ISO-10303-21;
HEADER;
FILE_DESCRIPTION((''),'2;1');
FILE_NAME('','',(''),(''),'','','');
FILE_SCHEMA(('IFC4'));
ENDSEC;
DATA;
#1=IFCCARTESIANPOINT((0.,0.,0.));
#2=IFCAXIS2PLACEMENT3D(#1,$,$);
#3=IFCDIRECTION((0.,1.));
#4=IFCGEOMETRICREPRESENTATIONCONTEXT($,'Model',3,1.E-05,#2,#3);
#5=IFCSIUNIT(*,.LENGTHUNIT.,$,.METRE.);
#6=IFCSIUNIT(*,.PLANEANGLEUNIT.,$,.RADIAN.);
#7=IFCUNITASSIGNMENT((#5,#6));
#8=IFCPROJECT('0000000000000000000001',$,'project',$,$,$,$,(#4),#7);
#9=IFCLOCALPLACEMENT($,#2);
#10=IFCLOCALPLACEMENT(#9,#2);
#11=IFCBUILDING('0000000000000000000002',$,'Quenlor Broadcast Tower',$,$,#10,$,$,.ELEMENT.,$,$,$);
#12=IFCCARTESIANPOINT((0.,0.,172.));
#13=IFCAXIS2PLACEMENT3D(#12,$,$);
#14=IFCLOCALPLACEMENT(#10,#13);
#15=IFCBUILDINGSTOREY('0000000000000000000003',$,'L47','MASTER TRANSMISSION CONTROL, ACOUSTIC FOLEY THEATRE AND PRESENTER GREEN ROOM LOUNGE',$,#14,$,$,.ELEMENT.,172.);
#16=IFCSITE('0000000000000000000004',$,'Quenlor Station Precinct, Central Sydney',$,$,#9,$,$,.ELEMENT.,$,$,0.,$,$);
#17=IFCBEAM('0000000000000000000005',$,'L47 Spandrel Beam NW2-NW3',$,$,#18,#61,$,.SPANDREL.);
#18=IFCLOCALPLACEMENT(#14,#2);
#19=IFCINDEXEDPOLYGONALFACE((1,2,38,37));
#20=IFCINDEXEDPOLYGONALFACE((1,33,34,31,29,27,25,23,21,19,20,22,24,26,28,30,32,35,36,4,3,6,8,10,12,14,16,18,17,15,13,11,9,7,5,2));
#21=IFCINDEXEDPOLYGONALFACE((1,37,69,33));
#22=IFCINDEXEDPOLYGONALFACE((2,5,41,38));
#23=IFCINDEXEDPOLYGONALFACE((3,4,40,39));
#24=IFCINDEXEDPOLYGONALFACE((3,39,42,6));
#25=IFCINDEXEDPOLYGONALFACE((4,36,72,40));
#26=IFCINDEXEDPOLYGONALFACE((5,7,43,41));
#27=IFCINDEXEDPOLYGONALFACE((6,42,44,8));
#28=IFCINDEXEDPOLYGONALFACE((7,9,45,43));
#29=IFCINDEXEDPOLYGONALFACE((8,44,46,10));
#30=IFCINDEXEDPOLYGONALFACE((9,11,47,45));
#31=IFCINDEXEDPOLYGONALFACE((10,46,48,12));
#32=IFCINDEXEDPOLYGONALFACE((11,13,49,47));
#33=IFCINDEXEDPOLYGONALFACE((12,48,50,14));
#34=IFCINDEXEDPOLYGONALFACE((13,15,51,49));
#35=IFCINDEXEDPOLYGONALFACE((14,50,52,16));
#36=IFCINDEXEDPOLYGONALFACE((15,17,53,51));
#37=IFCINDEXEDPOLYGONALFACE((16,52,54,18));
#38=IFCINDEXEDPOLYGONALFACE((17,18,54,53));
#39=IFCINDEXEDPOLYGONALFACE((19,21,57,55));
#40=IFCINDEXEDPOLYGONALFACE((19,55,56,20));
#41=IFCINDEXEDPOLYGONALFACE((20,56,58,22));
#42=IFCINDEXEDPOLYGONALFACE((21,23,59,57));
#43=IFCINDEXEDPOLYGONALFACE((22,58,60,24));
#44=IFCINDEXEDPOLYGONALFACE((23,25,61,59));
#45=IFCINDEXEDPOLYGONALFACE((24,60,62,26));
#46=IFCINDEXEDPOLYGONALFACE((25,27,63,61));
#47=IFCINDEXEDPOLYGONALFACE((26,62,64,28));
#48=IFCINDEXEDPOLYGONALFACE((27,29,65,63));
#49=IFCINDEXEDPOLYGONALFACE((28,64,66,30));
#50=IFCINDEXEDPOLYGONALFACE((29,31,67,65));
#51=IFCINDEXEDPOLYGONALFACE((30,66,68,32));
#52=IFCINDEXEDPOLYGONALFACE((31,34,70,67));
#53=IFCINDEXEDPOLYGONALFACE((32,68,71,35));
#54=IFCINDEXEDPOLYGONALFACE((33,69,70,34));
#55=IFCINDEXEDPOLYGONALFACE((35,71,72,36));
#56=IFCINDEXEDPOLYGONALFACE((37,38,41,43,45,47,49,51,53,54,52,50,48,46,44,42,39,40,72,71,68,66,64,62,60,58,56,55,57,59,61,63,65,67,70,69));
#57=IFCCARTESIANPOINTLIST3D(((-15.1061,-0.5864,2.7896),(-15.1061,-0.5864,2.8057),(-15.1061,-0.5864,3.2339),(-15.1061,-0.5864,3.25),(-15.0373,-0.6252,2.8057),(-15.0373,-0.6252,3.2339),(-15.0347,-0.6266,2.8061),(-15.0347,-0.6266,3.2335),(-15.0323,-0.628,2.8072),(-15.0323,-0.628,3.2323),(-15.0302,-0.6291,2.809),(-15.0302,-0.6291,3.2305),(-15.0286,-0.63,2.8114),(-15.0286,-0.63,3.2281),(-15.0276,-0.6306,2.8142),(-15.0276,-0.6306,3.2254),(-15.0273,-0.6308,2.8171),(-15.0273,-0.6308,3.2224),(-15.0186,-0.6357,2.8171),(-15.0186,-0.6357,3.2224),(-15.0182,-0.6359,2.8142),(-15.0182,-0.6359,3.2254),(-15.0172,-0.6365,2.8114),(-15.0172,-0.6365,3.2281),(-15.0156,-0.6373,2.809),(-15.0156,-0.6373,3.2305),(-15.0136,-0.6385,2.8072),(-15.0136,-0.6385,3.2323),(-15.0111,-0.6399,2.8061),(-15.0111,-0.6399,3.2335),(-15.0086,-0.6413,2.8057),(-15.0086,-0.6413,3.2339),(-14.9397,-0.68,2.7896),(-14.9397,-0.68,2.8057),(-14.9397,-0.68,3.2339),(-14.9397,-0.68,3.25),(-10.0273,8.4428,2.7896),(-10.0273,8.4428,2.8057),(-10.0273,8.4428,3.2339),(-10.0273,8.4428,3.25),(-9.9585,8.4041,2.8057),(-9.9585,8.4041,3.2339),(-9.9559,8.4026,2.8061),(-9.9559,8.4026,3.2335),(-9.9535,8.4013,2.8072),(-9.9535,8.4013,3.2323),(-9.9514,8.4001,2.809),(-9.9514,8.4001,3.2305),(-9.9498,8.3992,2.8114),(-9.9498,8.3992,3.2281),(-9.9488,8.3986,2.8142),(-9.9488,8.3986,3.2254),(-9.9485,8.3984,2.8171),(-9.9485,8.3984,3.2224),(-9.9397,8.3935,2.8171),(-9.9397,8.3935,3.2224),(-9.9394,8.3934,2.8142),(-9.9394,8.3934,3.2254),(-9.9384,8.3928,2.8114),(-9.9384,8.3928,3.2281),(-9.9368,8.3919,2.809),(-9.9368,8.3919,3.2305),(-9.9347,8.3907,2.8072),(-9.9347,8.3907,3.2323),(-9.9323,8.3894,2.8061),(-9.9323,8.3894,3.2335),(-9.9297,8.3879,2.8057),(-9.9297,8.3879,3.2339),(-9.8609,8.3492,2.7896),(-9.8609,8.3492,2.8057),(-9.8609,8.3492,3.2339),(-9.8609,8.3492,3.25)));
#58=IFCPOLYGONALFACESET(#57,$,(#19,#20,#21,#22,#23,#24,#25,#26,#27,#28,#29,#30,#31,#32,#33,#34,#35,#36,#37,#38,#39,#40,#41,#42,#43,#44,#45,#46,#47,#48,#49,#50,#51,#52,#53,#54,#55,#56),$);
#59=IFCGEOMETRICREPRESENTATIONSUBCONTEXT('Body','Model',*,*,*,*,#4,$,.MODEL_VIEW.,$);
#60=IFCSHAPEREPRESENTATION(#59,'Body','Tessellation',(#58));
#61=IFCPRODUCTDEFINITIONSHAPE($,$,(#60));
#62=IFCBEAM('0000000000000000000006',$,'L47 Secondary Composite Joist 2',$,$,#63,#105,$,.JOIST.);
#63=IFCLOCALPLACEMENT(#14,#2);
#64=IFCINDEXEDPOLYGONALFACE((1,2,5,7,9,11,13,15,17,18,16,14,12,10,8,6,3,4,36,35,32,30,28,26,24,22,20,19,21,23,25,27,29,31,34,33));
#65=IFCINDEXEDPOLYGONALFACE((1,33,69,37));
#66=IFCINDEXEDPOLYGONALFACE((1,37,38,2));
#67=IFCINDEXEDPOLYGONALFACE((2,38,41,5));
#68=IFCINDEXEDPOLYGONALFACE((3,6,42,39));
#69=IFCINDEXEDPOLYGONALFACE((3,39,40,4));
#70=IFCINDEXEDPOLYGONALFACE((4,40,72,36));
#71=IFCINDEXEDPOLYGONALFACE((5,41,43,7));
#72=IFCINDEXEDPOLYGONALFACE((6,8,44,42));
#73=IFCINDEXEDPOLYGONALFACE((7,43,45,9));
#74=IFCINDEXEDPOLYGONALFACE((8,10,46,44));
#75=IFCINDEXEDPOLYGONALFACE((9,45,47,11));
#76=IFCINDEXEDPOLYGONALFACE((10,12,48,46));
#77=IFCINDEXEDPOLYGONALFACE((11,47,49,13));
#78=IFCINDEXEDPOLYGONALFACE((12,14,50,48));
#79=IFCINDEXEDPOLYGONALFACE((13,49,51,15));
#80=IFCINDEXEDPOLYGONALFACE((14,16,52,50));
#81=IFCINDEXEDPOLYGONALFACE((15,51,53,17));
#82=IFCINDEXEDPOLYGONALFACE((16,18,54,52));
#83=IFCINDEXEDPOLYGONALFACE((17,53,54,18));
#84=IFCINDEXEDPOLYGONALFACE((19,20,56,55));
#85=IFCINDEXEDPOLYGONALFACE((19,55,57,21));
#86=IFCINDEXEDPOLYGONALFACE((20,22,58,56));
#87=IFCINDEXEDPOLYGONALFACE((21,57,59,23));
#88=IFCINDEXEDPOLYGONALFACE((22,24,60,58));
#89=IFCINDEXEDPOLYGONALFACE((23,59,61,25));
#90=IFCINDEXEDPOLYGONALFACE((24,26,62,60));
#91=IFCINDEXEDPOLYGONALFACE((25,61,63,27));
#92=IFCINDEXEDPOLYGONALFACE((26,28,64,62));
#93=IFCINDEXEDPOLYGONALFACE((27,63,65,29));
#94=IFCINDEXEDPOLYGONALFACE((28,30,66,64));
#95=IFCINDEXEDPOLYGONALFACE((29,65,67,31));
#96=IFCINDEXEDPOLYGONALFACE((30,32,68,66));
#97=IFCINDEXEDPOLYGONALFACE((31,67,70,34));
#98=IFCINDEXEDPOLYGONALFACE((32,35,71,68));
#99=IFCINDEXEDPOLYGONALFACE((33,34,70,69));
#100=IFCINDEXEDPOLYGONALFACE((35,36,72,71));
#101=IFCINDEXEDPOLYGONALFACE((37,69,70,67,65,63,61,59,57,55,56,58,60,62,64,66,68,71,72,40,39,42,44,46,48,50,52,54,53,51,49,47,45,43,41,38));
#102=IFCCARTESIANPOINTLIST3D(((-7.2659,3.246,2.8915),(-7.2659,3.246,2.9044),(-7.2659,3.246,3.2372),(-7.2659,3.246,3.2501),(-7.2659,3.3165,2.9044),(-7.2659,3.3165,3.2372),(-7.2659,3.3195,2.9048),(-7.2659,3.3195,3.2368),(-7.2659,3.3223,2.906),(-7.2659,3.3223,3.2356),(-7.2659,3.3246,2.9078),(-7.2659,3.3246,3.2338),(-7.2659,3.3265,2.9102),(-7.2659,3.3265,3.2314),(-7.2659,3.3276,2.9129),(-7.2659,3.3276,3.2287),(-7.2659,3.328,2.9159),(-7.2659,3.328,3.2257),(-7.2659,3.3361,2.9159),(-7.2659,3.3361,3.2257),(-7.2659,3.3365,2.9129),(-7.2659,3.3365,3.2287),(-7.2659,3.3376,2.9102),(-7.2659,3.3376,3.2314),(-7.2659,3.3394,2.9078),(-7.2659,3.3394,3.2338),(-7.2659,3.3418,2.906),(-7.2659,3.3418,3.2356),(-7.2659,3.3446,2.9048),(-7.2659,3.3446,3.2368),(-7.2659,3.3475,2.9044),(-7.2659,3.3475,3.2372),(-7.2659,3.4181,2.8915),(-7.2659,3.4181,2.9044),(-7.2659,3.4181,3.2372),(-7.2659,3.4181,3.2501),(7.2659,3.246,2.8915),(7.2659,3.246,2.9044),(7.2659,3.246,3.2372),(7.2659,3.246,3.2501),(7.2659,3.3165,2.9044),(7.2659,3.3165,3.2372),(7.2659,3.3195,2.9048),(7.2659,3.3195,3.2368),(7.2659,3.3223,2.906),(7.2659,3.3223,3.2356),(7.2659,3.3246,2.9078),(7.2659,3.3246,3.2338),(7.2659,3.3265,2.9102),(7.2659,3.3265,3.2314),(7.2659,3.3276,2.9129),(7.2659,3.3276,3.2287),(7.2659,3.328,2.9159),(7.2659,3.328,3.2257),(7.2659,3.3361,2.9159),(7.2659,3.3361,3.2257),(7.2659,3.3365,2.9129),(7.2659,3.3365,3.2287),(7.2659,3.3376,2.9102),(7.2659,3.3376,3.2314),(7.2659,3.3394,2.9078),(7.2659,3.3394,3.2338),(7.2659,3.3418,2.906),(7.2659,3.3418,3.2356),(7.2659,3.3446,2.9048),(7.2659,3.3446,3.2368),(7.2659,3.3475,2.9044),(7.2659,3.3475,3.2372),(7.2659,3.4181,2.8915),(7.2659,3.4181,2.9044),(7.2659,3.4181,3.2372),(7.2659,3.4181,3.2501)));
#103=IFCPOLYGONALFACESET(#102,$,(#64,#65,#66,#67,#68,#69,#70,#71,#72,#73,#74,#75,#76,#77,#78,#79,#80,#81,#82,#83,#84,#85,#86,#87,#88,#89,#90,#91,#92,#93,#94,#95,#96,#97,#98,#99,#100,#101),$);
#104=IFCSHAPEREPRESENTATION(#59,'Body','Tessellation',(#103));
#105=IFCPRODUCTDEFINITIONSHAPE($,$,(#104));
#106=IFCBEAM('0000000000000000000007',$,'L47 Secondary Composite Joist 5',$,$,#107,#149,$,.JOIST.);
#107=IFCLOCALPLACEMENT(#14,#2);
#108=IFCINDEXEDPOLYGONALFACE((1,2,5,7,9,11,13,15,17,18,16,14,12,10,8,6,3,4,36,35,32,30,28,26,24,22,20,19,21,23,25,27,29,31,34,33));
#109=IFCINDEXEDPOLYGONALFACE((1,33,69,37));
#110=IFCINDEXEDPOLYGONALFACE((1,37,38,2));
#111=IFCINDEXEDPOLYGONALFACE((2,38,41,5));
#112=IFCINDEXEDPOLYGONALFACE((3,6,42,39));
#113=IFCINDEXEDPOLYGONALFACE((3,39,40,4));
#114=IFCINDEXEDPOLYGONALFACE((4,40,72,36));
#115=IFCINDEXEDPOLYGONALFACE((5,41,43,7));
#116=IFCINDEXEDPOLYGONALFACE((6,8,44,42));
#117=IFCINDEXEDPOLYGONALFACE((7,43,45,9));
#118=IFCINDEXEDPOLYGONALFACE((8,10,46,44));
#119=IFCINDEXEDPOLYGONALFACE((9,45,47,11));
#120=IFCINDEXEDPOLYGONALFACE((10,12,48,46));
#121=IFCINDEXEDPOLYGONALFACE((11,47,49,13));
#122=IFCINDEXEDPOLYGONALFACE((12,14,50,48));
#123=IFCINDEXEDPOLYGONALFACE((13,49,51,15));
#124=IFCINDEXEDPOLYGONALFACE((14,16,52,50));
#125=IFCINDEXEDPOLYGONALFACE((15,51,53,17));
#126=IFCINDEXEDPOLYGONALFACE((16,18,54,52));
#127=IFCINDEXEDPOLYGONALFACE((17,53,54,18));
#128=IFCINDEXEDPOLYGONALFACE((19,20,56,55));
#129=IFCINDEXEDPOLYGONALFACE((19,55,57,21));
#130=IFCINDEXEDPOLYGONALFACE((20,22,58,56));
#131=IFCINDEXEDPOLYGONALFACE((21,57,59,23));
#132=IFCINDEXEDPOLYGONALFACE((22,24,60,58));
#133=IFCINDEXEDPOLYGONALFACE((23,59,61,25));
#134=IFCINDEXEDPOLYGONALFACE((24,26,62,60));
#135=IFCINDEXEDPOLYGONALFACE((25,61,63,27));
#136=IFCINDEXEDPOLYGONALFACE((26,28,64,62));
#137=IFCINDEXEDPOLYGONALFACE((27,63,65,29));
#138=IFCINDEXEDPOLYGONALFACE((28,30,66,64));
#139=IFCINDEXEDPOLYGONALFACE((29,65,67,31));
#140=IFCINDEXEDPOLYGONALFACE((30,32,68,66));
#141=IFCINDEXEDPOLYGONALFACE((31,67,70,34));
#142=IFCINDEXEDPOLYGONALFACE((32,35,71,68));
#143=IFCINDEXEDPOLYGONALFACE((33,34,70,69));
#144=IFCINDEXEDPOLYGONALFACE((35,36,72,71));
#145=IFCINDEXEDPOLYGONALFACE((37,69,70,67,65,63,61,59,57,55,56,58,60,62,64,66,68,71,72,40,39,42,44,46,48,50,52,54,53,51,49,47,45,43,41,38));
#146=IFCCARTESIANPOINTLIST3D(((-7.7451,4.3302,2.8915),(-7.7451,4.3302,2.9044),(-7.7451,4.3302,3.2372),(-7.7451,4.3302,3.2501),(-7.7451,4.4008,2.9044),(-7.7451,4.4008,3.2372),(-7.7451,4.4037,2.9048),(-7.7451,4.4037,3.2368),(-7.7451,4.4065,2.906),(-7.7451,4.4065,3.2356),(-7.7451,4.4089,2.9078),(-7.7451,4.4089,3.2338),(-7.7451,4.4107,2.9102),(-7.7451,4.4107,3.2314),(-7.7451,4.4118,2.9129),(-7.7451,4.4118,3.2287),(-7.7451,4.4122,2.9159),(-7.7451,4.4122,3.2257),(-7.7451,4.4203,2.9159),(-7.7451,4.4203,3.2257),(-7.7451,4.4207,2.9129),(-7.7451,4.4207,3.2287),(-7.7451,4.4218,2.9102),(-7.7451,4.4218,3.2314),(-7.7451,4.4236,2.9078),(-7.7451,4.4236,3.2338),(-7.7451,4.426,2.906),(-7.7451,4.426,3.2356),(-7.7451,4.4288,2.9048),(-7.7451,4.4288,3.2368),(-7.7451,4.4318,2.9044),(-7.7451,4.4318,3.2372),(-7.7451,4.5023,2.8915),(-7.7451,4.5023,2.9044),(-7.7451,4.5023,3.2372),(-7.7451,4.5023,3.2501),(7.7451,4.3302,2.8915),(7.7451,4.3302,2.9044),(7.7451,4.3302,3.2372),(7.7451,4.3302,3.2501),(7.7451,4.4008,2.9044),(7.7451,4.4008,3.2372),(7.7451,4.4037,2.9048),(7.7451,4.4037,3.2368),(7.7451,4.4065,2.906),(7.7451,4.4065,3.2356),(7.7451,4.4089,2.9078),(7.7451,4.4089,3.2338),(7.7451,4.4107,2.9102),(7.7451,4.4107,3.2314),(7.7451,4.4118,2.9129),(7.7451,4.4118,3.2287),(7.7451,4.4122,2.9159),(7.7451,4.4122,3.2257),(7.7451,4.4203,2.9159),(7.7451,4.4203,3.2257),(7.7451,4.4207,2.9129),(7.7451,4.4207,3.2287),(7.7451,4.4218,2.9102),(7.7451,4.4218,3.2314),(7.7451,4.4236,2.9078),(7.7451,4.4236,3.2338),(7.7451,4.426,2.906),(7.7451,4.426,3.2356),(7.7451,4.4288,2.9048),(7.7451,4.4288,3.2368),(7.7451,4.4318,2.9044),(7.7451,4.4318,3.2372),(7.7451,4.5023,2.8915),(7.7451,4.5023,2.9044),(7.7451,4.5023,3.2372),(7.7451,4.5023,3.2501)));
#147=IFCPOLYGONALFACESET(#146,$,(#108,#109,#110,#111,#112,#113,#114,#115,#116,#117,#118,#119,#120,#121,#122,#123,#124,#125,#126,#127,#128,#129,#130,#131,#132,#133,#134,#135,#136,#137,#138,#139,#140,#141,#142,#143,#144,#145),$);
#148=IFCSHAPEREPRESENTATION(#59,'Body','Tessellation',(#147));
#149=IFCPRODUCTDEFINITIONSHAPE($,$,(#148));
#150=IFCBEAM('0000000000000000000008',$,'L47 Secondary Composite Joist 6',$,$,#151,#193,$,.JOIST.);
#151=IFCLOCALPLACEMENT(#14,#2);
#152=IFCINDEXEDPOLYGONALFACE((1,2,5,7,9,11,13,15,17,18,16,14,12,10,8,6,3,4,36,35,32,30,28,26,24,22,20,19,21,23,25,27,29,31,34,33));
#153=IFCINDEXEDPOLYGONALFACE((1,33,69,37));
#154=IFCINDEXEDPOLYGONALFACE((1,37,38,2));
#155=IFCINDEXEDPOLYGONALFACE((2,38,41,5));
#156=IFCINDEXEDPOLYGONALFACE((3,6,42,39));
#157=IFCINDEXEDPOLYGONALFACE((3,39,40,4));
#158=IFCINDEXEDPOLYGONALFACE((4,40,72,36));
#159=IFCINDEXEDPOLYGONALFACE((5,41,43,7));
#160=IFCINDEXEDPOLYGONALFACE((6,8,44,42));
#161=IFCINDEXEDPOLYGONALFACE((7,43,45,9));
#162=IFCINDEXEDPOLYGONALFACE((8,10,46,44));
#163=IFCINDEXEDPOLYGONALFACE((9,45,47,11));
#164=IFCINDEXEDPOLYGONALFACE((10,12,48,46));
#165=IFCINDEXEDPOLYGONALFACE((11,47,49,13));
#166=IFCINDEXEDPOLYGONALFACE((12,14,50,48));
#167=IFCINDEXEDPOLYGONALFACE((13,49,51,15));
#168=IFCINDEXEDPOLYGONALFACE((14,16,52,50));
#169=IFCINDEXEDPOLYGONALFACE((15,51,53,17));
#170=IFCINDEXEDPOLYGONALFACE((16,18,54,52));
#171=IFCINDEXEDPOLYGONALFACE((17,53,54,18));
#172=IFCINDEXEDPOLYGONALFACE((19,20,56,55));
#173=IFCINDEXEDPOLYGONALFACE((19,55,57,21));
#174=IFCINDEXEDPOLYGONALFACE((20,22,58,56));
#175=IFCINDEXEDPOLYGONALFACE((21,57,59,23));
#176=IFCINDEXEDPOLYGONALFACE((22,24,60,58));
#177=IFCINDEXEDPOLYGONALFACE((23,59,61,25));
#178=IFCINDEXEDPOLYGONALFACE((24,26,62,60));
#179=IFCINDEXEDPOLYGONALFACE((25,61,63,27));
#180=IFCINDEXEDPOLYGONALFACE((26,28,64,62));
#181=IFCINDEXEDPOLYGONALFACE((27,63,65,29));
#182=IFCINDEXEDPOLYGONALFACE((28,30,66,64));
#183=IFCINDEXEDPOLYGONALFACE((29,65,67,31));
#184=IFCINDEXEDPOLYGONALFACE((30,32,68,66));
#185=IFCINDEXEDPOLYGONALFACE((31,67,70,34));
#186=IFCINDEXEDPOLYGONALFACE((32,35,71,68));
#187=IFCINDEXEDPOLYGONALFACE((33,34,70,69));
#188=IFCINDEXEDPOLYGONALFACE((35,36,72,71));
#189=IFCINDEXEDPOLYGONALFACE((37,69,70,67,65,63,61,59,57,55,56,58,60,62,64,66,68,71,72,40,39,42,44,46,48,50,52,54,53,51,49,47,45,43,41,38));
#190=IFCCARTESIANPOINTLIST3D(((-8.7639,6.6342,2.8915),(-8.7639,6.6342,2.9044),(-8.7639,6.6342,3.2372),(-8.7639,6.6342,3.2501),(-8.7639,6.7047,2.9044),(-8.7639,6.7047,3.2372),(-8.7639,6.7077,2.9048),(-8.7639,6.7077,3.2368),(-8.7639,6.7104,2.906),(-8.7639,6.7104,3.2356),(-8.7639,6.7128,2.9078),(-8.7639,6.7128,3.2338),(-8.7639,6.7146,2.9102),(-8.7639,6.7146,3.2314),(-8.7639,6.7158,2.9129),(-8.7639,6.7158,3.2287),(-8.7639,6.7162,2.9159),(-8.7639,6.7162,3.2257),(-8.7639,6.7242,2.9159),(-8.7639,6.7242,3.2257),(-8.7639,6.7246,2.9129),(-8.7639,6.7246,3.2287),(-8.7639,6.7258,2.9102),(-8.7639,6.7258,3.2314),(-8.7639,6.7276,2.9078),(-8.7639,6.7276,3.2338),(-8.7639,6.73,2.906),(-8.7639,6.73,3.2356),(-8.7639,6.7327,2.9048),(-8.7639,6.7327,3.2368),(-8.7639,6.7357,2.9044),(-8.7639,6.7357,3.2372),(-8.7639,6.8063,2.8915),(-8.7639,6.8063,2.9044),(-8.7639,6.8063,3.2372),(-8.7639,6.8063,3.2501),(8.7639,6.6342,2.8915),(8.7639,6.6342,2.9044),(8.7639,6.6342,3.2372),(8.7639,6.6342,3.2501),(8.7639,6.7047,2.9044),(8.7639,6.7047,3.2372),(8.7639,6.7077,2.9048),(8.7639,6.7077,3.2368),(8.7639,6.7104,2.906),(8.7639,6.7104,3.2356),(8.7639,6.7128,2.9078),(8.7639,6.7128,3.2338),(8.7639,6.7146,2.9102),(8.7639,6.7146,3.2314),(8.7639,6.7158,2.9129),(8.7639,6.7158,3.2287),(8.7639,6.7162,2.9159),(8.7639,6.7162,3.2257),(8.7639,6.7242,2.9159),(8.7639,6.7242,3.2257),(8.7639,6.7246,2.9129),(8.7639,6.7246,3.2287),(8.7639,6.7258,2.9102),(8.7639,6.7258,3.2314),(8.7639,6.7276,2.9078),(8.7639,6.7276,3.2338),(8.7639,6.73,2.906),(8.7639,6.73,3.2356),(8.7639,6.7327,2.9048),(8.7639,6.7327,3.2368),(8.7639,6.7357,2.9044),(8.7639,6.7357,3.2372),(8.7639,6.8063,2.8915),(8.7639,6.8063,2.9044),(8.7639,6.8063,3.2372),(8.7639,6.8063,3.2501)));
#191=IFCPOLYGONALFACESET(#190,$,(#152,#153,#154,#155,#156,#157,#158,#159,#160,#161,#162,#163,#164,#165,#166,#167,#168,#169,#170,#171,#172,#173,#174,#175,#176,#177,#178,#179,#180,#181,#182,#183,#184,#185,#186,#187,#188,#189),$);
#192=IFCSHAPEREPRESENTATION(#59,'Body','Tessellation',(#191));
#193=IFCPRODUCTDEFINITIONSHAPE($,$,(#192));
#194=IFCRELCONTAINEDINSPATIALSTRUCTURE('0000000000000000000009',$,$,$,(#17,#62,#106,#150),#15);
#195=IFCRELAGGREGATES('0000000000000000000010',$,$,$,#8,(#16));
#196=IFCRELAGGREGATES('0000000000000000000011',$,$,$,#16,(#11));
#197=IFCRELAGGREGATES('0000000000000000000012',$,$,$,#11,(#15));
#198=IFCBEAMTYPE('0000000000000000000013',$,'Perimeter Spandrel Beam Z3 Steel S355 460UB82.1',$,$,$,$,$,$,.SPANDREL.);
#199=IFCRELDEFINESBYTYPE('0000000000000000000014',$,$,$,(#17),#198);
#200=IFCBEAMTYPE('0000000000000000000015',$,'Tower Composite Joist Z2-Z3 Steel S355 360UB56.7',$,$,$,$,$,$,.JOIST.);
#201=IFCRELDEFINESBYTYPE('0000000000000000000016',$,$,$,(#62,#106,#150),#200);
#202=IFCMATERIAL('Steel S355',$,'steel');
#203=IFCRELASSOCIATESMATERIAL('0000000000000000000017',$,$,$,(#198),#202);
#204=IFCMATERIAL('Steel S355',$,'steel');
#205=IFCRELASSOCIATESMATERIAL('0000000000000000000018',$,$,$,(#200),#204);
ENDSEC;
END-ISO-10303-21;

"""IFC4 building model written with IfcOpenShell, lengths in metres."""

from ifc_helpers import new_model, si_unit, direction, frame, origin, origin_2d, place, context, subcontext, project, spatial, i_section, extrude, material, material_profile, profile_set, type_object, element, save


model = new_model("IFC4")

# Units and contexts
model_context = context("Model", 3, precision=1e-05, world=origin(), true_north=direction((0.0, 1.0)))
body_context = subcontext(model_context, "Body", "Model", "MODEL_VIEW")
ifc_project = project(units=[si_unit("LENGTHUNIT", "METRE"), si_unit("PLANEANGLEUNIT", "RADIAN")], contexts=[model_context])

# Site, building, storey
site_placement = place(None, origin())
site = spatial("IfcSite", under=ifc_project, at=site_placement, Name="Quenlor Station Precinct, Central Sydney", CompositionType="ELEMENT", RefElevation=0.0)
building_placement = place(site_placement, origin())
building = spatial("IfcBuilding", under=site, at=building_placement, Name="Quenlor Broadcast Tower", CompositionType="ELEMENT")
storey_placement = place(building_placement, frame((0.0, 0.0, 172.0)))
storey = spatial("IfcBuildingStorey", under=building, at=storey_placement, Name="L47", Description="MASTER TRANSMISSION CONTROL, ACOUSTIC FOLEY THEATRE AND PRESENTER GREEN ROOM LOUNGE", CompositionType="ELEMENT", Elevation=172.0)

# Beams
ifc_material_1 = material(Name="Steel S355", Category="steel")
ifc_material_profile_1 = material_profile(ifc_material_1, i_section(OverallWidth=0.1909, OverallDepth=0.4604, WebThickness=0.01, FlangeThickness=0.0161, FilletRadius=0.0115, at=origin_2d()))
ifc_profile_set_1 = profile_set([ifc_material_profile_1], Name="Steel S355 460UB82.1")
beam_type_1 = type_object("IfcBeamType", Name="Perimeter Spandrel Beam Z3 Steel S355 460UB82.1", PredefinedType="SPANDREL", material=ifc_profile_set_1)
beam_1_placement = place(storey_placement, frame((-9.9441, 8.396, 3.0198), z_axis=(-0.490252, -0.871581, 0.0), x_axis=(0.871581, -0.490252, 0.0)))
element("IfcBeam", 1, at=beam_1_placement, inside=storey, type_object=beam_type_1, Name="L47 Spandrel Beam NW2-NW3", PredefinedType="SPANDREL", context=body_context, shape_type="SweptSolid", body=[
    extrude(i_section(OverallWidth=0.1909, OverallDepth=0.4604, WebThickness=0.01, FlangeThickness=0.0161, FilletRadius=0.0115, at=origin_2d()), origin(), (0.0, 0.0, 1.0), 10.3596),
])
ifc_material_2 = material(Name="Steel S355", Category="steel")
ifc_material_profile_2 = material_profile(ifc_material_2, i_section(OverallWidth=0.1721, OverallDepth=0.3586, WebThickness=0.0081, FlangeThickness=0.0129, FilletRadius=0.0115, at=origin_2d()))
ifc_profile_set_2 = profile_set([ifc_material_profile_2], Name="Steel S355 360UB56.7")
beam_type_2 = type_object("IfcBeamType", Name="Tower Composite Joist Z2-Z3 Steel S355 360UB56.7", PredefinedType="JOIST", material=ifc_profile_set_2)
beam_2_placement = place(storey_placement, frame((-7.2659, 3.332, 3.0708), z_axis=(1.0, 0.0, 0.0), x_axis=(0.0, 1.0, 0.0)))
element("IfcBeam", 2, at=beam_2_placement, inside=storey, type_object=beam_type_2, Name="L47 Secondary Composite Joist 2", PredefinedType="JOIST", context=body_context, shape_type="SweptSolid", body=[
    extrude(i_section(OverallWidth=0.1721, OverallDepth=0.3586, WebThickness=0.0081, FlangeThickness=0.0129, FilletRadius=0.0115, at=origin_2d()), origin(), (0.0, 0.0, 1.0), 14.5317),
])
beam_3_placement = place(storey_placement, frame((-7.7451, 4.4163, 3.0708), z_axis=(1.0, 0.0, 0.0), x_axis=(0.0, 1.0, 0.0)))
element("IfcBeam", 3, at=beam_3_placement, inside=storey, type_object=beam_type_2, Name="L47 Secondary Composite Joist 5", PredefinedType="JOIST", context=body_context, shape_type="SweptSolid", body=[
    extrude(i_section(OverallWidth=0.1721, OverallDepth=0.3586, WebThickness=0.0081, FlangeThickness=0.0129, FilletRadius=0.0115, at=origin_2d()), origin(), (0.0, 0.0, 1.0), 15.4902),
])
beam_4_placement = place(storey_placement, frame((-8.7639, 6.7202, 3.0708), z_axis=(1.0, 0.0, 0.0), x_axis=(0.0, 1.0, 0.0)))
element("IfcBeam", 4, at=beam_4_placement, inside=storey, type_object=beam_type_2, Name="L47 Secondary Composite Joist 6", PredefinedType="JOIST", context=body_context, shape_type="SweptSolid", body=[
    extrude(i_section(OverallWidth=0.1721, OverallDepth=0.3586, WebThickness=0.0081, FlangeThickness=0.0129, FilletRadius=0.0115, at=origin_2d()), origin(), (0.0, 0.0, 1.0), 17.5278),
])

save(model, "model.ifc")
